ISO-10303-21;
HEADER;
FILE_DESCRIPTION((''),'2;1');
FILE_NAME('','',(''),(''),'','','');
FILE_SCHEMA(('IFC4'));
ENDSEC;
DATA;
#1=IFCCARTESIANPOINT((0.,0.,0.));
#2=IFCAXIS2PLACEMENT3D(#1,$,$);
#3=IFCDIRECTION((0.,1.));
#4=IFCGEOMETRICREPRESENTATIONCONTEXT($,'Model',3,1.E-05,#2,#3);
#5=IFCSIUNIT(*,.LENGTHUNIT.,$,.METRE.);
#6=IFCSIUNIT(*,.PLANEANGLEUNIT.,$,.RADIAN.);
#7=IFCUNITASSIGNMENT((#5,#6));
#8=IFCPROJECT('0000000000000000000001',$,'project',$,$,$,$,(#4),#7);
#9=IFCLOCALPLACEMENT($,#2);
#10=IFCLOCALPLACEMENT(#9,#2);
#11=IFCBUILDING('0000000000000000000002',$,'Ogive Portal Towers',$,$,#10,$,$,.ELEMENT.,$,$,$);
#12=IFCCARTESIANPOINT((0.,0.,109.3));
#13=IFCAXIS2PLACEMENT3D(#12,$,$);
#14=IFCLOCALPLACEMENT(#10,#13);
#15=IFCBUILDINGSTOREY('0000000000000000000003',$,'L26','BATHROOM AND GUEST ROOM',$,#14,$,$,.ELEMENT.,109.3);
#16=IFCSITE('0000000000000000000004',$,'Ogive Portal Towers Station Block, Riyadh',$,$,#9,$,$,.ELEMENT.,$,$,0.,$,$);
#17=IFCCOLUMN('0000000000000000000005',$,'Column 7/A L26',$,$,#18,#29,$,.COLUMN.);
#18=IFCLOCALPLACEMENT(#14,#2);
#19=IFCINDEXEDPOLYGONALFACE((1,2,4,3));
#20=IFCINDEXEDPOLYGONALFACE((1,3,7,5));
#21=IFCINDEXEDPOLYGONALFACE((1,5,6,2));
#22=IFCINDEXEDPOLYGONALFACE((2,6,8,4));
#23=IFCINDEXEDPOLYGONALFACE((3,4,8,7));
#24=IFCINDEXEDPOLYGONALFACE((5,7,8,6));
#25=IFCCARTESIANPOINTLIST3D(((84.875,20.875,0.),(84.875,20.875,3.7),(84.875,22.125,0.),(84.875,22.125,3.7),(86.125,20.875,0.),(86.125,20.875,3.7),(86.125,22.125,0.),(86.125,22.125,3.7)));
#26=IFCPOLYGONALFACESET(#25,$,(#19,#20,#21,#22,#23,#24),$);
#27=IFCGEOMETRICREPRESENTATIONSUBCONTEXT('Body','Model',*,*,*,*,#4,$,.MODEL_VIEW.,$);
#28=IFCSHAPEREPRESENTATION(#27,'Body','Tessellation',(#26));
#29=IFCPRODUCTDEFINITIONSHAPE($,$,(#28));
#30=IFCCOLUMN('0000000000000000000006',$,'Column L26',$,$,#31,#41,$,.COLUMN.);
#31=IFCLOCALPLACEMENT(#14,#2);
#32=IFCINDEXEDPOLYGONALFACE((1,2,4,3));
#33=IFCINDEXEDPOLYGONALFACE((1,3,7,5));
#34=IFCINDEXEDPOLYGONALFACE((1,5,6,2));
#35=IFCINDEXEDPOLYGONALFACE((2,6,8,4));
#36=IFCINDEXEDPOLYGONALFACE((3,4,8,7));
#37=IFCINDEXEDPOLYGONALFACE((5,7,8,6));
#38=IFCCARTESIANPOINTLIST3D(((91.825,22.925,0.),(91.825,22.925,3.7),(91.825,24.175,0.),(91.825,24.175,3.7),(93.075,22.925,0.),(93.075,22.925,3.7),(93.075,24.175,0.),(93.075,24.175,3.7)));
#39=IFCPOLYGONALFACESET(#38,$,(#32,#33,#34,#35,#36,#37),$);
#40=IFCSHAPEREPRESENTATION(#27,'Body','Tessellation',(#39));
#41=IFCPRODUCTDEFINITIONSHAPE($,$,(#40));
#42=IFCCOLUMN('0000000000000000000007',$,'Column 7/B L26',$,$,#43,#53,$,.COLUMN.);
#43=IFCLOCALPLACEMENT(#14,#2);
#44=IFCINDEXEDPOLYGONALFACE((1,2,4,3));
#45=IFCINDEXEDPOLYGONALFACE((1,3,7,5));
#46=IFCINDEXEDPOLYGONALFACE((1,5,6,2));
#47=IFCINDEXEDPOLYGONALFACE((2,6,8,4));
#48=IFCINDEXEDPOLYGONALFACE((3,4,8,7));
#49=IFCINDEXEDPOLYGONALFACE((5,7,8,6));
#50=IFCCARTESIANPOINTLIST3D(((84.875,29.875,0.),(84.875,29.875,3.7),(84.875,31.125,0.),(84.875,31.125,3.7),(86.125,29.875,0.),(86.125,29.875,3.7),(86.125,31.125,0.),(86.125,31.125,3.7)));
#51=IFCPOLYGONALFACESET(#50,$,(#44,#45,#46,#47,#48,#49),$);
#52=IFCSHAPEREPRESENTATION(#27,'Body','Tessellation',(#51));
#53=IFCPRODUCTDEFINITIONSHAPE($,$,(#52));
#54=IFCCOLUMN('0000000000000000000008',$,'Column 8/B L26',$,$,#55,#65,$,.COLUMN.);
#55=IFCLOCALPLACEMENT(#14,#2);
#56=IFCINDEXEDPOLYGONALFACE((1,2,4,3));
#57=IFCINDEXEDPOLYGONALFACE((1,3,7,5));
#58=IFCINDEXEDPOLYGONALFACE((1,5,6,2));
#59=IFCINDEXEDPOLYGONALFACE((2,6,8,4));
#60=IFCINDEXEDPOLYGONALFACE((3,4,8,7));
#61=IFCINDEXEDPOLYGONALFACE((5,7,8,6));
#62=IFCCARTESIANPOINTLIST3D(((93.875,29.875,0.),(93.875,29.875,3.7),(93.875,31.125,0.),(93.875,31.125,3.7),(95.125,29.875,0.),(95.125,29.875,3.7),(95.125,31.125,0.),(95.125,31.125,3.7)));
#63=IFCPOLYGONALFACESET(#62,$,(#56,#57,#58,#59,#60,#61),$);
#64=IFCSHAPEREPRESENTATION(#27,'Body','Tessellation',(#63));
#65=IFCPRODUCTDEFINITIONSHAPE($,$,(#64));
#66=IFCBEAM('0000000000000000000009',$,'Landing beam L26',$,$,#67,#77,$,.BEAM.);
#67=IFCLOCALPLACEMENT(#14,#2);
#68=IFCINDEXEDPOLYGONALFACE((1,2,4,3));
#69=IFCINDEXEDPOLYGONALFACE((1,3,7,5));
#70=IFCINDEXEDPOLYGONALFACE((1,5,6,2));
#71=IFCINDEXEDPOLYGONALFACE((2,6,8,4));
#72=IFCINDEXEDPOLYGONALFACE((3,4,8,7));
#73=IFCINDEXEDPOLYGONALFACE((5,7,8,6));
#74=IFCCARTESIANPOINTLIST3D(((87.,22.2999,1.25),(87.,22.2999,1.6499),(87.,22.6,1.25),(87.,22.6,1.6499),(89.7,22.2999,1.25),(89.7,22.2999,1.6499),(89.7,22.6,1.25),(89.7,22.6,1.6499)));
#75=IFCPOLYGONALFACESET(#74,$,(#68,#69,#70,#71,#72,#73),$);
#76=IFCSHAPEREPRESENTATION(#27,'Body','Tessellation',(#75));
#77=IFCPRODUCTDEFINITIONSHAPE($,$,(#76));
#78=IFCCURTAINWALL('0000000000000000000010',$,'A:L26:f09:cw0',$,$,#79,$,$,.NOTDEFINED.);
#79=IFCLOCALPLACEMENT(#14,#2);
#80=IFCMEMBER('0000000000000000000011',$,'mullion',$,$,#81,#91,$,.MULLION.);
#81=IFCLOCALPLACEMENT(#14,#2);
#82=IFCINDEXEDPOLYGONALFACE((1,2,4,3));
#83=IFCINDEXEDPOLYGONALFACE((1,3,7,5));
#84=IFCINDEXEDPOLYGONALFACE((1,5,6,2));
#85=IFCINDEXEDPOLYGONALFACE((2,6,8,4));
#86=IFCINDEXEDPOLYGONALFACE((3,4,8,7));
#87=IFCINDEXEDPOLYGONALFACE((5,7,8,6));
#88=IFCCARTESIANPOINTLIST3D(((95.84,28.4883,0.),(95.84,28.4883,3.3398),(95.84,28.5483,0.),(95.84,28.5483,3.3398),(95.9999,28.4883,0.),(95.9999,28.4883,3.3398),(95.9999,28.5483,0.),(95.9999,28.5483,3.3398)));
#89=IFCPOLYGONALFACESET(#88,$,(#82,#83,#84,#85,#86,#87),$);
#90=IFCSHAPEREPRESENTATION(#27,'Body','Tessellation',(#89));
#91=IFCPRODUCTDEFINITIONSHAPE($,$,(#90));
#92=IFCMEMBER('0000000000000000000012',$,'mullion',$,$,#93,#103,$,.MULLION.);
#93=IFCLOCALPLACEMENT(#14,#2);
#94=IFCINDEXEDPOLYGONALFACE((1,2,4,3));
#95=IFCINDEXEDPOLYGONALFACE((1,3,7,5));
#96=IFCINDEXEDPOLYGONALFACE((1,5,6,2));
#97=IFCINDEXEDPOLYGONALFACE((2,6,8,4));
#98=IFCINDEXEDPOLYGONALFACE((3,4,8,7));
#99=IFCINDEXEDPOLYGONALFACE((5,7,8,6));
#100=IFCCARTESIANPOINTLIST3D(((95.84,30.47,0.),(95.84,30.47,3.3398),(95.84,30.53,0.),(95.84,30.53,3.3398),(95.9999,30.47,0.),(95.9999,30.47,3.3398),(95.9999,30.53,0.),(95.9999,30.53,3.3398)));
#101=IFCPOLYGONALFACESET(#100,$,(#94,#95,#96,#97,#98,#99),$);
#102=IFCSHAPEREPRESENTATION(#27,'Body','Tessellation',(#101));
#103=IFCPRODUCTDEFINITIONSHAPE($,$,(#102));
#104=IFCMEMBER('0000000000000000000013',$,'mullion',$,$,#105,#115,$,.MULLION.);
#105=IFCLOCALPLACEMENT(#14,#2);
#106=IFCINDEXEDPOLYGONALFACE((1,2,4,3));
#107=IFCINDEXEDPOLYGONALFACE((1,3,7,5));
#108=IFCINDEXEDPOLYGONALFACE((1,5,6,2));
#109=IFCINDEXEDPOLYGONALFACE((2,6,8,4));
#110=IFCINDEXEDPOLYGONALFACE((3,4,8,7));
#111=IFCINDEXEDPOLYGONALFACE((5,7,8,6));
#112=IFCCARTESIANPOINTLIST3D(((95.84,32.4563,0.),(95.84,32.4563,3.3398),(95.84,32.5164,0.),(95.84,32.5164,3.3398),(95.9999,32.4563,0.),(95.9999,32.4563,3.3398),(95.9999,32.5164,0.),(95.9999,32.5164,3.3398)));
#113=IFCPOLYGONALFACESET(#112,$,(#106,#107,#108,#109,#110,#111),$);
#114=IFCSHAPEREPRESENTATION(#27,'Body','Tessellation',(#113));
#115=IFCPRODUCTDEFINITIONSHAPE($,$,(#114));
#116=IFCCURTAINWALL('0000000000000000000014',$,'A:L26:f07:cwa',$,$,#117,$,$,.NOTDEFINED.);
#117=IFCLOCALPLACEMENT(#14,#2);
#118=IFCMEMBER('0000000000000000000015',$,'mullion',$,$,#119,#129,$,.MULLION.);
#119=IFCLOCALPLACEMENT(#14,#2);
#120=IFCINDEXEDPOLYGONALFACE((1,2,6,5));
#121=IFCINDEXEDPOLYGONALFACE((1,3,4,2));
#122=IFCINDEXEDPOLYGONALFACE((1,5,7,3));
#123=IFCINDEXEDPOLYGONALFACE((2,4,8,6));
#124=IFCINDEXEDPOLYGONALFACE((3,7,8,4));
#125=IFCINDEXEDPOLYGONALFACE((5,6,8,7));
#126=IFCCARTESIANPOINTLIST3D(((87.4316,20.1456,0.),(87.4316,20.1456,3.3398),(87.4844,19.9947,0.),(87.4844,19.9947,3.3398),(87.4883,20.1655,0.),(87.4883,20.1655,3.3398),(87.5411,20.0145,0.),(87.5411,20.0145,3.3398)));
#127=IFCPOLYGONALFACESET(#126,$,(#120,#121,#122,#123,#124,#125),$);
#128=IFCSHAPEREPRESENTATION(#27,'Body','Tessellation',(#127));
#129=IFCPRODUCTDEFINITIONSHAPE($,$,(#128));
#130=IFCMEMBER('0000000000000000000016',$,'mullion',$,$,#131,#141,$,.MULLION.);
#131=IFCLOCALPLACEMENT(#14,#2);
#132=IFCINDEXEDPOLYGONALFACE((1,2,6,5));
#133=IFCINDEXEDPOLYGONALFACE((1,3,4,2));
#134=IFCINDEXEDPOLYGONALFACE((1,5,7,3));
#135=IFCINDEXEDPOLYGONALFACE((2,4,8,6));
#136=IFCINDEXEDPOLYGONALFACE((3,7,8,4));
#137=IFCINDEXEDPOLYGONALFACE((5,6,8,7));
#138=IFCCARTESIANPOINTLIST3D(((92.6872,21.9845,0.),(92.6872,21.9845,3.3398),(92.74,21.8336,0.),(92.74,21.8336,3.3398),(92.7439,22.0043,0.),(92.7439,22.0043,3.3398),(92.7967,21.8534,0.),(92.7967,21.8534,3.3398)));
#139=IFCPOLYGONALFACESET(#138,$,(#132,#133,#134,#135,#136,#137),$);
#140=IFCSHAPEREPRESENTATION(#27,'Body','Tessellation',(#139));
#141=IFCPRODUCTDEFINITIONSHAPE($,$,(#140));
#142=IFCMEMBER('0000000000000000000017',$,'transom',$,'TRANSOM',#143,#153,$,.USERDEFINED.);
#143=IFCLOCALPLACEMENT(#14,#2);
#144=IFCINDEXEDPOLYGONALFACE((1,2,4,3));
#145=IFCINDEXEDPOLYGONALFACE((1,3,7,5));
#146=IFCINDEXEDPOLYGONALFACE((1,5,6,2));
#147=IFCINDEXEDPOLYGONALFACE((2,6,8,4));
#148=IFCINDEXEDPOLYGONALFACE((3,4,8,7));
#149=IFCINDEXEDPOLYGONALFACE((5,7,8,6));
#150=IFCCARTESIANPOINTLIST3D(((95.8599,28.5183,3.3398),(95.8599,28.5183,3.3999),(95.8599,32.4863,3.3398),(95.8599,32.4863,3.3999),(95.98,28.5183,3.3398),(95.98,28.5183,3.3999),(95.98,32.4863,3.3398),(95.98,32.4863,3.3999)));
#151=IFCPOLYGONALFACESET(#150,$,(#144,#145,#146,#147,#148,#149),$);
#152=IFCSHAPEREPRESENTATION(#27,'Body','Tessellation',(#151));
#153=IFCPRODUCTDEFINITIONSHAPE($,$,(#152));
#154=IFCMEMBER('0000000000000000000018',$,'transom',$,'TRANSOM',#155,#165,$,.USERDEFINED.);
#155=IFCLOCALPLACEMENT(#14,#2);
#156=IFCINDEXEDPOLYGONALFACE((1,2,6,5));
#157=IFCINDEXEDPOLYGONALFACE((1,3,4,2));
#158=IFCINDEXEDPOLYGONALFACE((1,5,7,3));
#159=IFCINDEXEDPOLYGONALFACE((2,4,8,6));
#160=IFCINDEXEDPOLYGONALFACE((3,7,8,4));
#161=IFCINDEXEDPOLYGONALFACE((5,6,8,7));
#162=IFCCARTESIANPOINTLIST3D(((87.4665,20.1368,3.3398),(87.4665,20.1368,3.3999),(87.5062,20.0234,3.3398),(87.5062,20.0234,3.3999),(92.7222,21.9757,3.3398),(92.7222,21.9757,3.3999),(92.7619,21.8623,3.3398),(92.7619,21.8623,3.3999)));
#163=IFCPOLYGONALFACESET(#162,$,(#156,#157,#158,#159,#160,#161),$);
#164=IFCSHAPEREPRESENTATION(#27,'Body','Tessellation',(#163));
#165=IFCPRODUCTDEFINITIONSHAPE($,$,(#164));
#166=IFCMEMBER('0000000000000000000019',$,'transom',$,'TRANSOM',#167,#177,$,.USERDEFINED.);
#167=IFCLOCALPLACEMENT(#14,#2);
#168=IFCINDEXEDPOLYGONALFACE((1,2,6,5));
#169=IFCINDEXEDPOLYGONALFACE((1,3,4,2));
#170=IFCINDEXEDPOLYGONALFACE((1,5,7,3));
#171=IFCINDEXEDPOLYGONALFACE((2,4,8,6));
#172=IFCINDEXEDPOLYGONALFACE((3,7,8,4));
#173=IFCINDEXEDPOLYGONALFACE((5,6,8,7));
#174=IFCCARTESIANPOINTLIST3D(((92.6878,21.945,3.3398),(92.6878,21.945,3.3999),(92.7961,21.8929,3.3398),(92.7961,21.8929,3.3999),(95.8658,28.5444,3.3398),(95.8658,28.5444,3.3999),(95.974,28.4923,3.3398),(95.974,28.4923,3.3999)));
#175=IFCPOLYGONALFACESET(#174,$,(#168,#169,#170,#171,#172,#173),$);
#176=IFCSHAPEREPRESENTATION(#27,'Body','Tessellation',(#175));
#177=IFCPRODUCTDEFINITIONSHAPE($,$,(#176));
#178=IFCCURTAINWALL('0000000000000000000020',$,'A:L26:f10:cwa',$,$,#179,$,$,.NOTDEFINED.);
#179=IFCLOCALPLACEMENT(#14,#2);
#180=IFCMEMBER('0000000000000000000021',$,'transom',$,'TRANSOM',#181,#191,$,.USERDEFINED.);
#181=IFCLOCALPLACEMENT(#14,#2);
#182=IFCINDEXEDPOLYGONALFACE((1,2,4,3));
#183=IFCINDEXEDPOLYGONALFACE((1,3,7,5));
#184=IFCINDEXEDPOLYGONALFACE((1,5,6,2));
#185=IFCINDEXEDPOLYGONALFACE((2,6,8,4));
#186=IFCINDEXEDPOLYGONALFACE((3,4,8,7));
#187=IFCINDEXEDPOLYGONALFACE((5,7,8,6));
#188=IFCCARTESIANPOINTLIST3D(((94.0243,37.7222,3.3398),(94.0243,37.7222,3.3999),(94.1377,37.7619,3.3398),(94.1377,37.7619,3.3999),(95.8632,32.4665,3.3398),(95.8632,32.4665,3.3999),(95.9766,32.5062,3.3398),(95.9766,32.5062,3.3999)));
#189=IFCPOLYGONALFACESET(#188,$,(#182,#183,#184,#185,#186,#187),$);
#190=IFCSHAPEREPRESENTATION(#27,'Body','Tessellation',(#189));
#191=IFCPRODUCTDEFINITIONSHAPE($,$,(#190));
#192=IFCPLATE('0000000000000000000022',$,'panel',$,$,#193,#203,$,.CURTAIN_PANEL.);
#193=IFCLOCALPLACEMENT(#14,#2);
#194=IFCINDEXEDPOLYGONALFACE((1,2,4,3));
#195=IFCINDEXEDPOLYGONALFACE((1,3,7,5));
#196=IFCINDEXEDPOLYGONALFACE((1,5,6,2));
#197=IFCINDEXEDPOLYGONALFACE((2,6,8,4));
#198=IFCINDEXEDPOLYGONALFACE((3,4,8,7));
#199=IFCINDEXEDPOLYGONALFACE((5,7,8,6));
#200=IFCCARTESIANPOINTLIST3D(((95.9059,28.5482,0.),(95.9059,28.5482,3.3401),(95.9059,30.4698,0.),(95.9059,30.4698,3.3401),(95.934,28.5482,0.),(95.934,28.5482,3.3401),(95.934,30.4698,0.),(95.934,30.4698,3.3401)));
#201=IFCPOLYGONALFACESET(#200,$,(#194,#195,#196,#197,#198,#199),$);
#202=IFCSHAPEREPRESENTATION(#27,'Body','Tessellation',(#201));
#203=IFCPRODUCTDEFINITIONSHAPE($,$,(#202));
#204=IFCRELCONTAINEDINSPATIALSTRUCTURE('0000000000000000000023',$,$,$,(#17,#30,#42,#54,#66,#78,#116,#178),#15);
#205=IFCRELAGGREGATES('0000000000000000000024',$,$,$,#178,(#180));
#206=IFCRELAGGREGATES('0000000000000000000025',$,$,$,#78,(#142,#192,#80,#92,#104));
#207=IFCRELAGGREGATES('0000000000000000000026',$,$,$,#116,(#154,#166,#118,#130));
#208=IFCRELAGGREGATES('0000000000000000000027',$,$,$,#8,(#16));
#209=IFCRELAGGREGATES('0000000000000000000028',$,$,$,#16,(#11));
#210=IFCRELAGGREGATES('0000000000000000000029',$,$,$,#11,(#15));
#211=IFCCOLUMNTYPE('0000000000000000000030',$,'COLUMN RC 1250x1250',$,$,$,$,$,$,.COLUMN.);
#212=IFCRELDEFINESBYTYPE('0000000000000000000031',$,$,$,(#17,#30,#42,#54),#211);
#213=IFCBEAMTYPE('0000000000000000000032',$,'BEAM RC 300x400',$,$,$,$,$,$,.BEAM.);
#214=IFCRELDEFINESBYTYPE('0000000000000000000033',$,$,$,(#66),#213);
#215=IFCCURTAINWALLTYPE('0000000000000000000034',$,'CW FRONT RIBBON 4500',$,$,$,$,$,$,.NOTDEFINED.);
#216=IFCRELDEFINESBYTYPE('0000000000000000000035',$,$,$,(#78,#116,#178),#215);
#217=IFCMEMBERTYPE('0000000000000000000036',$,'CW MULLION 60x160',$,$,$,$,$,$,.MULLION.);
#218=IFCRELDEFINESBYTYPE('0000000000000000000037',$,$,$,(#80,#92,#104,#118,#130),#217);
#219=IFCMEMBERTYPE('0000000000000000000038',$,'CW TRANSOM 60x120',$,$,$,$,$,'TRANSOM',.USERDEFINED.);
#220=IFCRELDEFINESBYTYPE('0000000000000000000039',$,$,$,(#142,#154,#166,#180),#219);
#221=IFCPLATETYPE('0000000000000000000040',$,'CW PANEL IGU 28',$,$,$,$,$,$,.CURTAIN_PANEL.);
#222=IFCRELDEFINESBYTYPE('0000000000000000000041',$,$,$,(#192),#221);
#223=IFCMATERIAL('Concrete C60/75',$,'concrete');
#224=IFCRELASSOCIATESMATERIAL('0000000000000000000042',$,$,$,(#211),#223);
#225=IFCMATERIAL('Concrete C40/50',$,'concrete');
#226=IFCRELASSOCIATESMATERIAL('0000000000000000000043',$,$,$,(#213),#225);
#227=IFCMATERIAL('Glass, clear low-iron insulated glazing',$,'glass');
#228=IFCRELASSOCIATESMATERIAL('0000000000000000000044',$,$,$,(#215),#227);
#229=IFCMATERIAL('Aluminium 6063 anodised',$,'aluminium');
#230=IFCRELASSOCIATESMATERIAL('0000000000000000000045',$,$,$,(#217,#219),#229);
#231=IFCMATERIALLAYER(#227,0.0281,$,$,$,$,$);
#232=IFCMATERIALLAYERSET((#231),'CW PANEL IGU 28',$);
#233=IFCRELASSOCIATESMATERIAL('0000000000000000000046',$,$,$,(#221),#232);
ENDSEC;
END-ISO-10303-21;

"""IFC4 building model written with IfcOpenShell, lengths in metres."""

from ifc_helpers import new_model, si_unit, direction, frame, origin, origin_2d, place, context, subcontext, project, spatial, rectangle, extrude, material, layer, layer_set, material_profile, profile_set, type_object, element, aggregate, save


model = new_model("IFC4")

# Units and contexts
model_context = context("Model", 3, precision=1e-05, world=origin(), true_north=direction((0.0, 1.0)))
body_context = subcontext(model_context, "Body", "Model", "MODEL_VIEW")
ifc_project = project(units=[si_unit("LENGTHUNIT", "METRE"), si_unit("PLANEANGLEUNIT", "RADIAN")], contexts=[model_context])

# Site, building, storey
site_placement = place(None, origin())
site = spatial("IfcSite", under=ifc_project, at=site_placement, Name="Ogive Portal Towers Station Block, Riyadh", CompositionType="ELEMENT", RefElevation=0.0)
building_placement = place(site_placement, origin())
building = spatial("IfcBuilding", under=site, at=building_placement, Name="Ogive Portal Towers", CompositionType="ELEMENT")
storey_placement = place(building_placement, frame((0.0, 0.0, 109.3)))
storey = spatial("IfcBuildingStorey", under=building, at=storey_placement, Name="L26", Description="BATHROOM AND GUEST ROOM", CompositionType="ELEMENT", Elevation=109.3)

# Columns
ifc_material_1 = material(Name="Concrete C60/75", Category="concrete")
ifc_material_profile_1 = material_profile(ifc_material_1, rectangle(XDim=1.25, YDim=1.25, at=origin_2d()), Name="RC 1250x1250")
ifc_profile_set_1 = profile_set([ifc_material_profile_1], Name="Concrete C60/75")
column_type = type_object("IfcColumnType", Name="COLUMN RC 1250x1250", PredefinedType="COLUMN", material=ifc_profile_set_1)
for number, where, z_axis, x_axis, name in (
    (1, (85.5, 21.5, 0.0), (0.0, 0.0, 1.0), (1.0, 0.0, 0.0), "Column 7/A L26"),
    (2, (92.45, 23.55, 0.0), (0.0, 0.0, 1.0), (1.0, 0.0, 0.0), "Column L26"),
    (3, (85.5, 30.5, 0.0), (0.0, 0.0, 1.0), (1.0, 0.0, 0.0), "Column 7/B L26"),
    (4, (94.5, 30.5, 0.0), (0.0, 0.0, 1.0), (1.0, 0.0, 0.0), "Column 8/B L26"),
):
    element("IfcColumn", number, at=place(storey_placement, frame(where, z_axis=z_axis, x_axis=x_axis)), inside=storey, type_object=column_type, Name=name, PredefinedType="COLUMN", context=body_context, shape_type="SweptSolid", body=[
        extrude(rectangle(XDim=1.25, YDim=1.25, at=origin_2d()), origin(), (0.0, 0.0, 1.0), 3.7),
    ])

# Beam
ifc_material_2 = material(Name="Concrete C40/50", Category="concrete")
ifc_material_profile_2 = material_profile(ifc_material_2, rectangle(XDim=0.3, YDim=0.3999, at=origin_2d()), Name="RC 300x400")
ifc_profile_set_2 = profile_set([ifc_material_profile_2], Name="Concrete C40/50")
beam_type = type_object("IfcBeamType", Name="BEAM RC 300x400", PredefinedType="BEAM", material=ifc_profile_set_2)
beam_placement = place(storey_placement, frame((87.0, 22.45, 1.45), z_axis=(1.0, 0.0, 0.0), x_axis=(0.0, 1.0, 0.0)))
element("IfcBeam", 5, at=beam_placement, inside=storey, type_object=beam_type, Name="Landing beam L26", PredefinedType="BEAM", context=body_context, shape_type="SweptSolid", body=[
    extrude(rectangle(XDim=0.3, YDim=0.3999, at=origin_2d()), origin(), (0.0, 0.0, 1.0), 2.7),
])

# Curtain walls, members
ifc_material_3 = material(Name="Glass, clear low-iron insulated glazing", Category="glass")
curtain_wall_type = type_object("IfcCurtainWallType", Name="CW FRONT RIBBON 4500", PredefinedType="NOTDEFINED", material=ifc_material_3)
curtain_wall_1_placement = place(storey_placement, origin())
curtain_wall_1 = element("IfcCurtainWall", 6, at=curtain_wall_1_placement, inside=storey, type_object=curtain_wall_type, Name="A:L26:f09:cw0", PredefinedType="NOTDEFINED")
ifc_material_4 = material(Name="Aluminium 6063 anodised", Category="aluminium")
ifc_material_profile_3 = material_profile(ifc_material_4, rectangle(XDim=0.1599, YDim=0.0601, at=origin_2d()), Name="AL 60x160")
ifc_profile_set_3 = profile_set([ifc_material_profile_3], Name="Aluminium 6063 anodised")
member_type_1 = type_object("IfcMemberType", Name="CW MULLION 60x160", PredefinedType="MULLION", material=ifc_profile_set_3)
member_1_placement = place(storey_placement, frame((95.9199, 28.5183, 0.0), z_axis=(0.0, 0.0, 1.0), x_axis=(-1.0, 0.0, 0.0)))
member_1 = element("IfcMember", 7, at=member_1_placement, type_object=member_type_1, Name="mullion", PredefinedType="MULLION", context=body_context, shape_type="SweptSolid", body=[
    extrude(rectangle(XDim=0.1599, YDim=0.0601, at=origin_2d()), origin(), (0.0, 0.0, 1.0), 3.3398),
])
member_2_placement = place(storey_placement, frame((95.9199, 30.5, 0.0), z_axis=(0.0, 0.0, 1.0), x_axis=(-1.0, 0.0, 0.0)))
member_2 = element("IfcMember", 8, at=member_2_placement, type_object=member_type_1, Name="mullion", PredefinedType="MULLION", context=body_context, shape_type="SweptSolid", body=[
    extrude(rectangle(XDim=0.1599, YDim=0.0601, at=origin_2d()), origin(), (0.0, 0.0, 1.0), 3.3398),
])
member_3_placement = place(storey_placement, frame((95.9199, 32.4863, 0.0), z_axis=(0.0, 0.0, 1.0), x_axis=(-1.0, 0.0, 0.0)))
member_3 = element("IfcMember", 9, at=member_3_placement, type_object=member_type_1, Name="mullion", PredefinedType="MULLION", context=body_context, shape_type="SweptSolid", body=[
    extrude(rectangle(XDim=0.1599, YDim=0.0601, at=origin_2d()), origin(), (0.0, 0.0, 1.0), 3.3398),
])
curtain_wall_2_placement = place(storey_placement, origin())
curtain_wall_2 = element("IfcCurtainWall", 10, at=curtain_wall_2_placement, inside=storey, type_object=curtain_wall_type, Name="A:L26:f07:cwa", PredefinedType="NOTDEFINED")
member_4_placement = place(storey_placement, frame((87.4863, 20.0801, 0.0), z_axis=(0.0, 0.0, 1.0), x_axis=(-0.330279, 0.943883, 0.0)))
member_4 = element("IfcMember", 11, at=member_4_placement, type_object=member_type_1, Name="mullion", PredefinedType="MULLION", context=body_context, shape_type="SweptSolid", body=[
    extrude(rectangle(XDim=0.1599, YDim=0.0601, at=origin_2d()), origin(), (0.0, 0.0, 1.0), 3.3398),
])
member_5_placement = place(storey_placement, frame((92.7419, 21.9189, 0.0), z_axis=(0.0, 0.0, 1.0), x_axis=(-0.330279, 0.943883, 0.0)))
member_5 = element("IfcMember", 12, at=member_5_placement, type_object=member_type_1, Name="mullion", PredefinedType="MULLION", context=body_context, shape_type="SweptSolid", body=[
    extrude(rectangle(XDim=0.1599, YDim=0.0601, at=origin_2d()), origin(), (0.0, 0.0, 1.0), 3.3398),
])

# Members
ifc_material_profile_4 = material_profile(ifc_material_4, rectangle(XDim=0.1201, YDim=0.0601, at=origin_2d()), Name="AL 120x60")
ifc_profile_set_4 = profile_set([ifc_material_profile_4], Name="Aluminium 6063 anodised")
member_type_2 = type_object("IfcMemberType", Name="CW TRANSOM 60x120", ElementType="TRANSOM", PredefinedType="USERDEFINED", material=ifc_profile_set_4)
member_6_placement = place(storey_placement, frame((95.9199, 28.5183, 3.3699), z_axis=(0.0, 1.0, 0.0), x_axis=(-1.0, 0.0, 0.0)))
member_6 = element("IfcMember", 13, at=member_6_placement, type_object=member_type_2, Name="transom", ObjectType="TRANSOM", PredefinedType="USERDEFINED", context=body_context, shape_type="SweptSolid", body=[
    extrude(rectangle(XDim=0.1201, YDim=0.0601, at=origin_2d()), origin(), (0.0, 0.0, 1.0), 3.968),
])
member_7_placement = place(storey_placement, frame((87.4863, 20.0801, 3.3699), z_axis=(0.943892, 0.330255, 0.0), x_axis=(-0.330255, 0.943892, 0.0)))
member_7 = element("IfcMember", 14, at=member_7_placement, type_object=member_type_2, Name="transom", ObjectType="TRANSOM", PredefinedType="USERDEFINED", context=body_context, shape_type="SweptSolid", body=[
    extrude(rectangle(XDim=0.1201, YDim=0.0601, at=origin_2d()), origin(), (0.0, 0.0, 1.0), 5.5681),
])
member_8_placement = place(storey_placement, frame((92.7419, 21.9189, 3.3699), z_axis=(0.433872, 0.900975, 0.0), x_axis=(-0.900975, 0.433872, 0.0)))
member_8 = element("IfcMember", 15, at=member_8_placement, type_object=member_type_2, Name="transom", ObjectType="TRANSOM", PredefinedType="USERDEFINED", context=body_context, shape_type="SweptSolid", body=[
    extrude(rectangle(XDim=0.1201, YDim=0.0601, at=origin_2d()), origin(), (0.0, 0.0, 1.0), 7.3247),
])

# Curtain wall, member
curtain_wall_3_placement = place(storey_placement, origin())
curtain_wall_3 = element("IfcCurtainWall", 16, at=curtain_wall_3_placement, inside=storey, type_object=curtain_wall_type, Name="A:L26:f10:cwa", PredefinedType="NOTDEFINED")
member_9_placement = place(storey_placement, frame((95.9199, 32.4863, 3.3699), z_axis=(-0.330255, 0.943892, 0.0), x_axis=(-0.943892, -0.330255, 0.0)))
member_9 = element("IfcMember", 17, at=member_9_placement, type_object=member_type_2, Name="transom", ObjectType="TRANSOM", PredefinedType="USERDEFINED", context=body_context, shape_type="SweptSolid", body=[
    extrude(rectangle(XDim=0.1201, YDim=0.0601, at=origin_2d()), origin(), (0.0, 0.0, 1.0), 5.5681),
])
aggregate(curtain_wall_3, [member_9])

# Plate
ifc_layer_1 = layer(ifc_material_3, 0.0281)
ifc_layer_set_1 = layer_set([ifc_layer_1], Name="CW PANEL IGU 28")
plate_type = type_object("IfcPlateType", Name="CW PANEL IGU 28", PredefinedType="CURTAIN_PANEL", material=ifc_layer_set_1)
plate_1_placement = place(storey_placement, frame((95.9199, 29.509, 0.0), z_axis=(0.0, 0.0, 1.0), x_axis=(0.0, 1.0, 0.0)))
plate_1 = element("IfcPlate", 18, at=plate_1_placement, type_object=plate_type, Name="panel", PredefinedType="CURTAIN_PANEL", context=body_context, shape_type="SweptSolid", body=[
    extrude(rectangle(XDim=1.9216, YDim=0.0281, at=origin_2d()), origin(), (0.0, 0.0, 1.0), 3.3401),
])
aggregate(curtain_wall_1, [member_6, plate_1, member_1, member_2, member_3])
aggregate(curtain_wall_2, [member_7, member_8, member_4, member_5])

save(model, "model.ifc")
